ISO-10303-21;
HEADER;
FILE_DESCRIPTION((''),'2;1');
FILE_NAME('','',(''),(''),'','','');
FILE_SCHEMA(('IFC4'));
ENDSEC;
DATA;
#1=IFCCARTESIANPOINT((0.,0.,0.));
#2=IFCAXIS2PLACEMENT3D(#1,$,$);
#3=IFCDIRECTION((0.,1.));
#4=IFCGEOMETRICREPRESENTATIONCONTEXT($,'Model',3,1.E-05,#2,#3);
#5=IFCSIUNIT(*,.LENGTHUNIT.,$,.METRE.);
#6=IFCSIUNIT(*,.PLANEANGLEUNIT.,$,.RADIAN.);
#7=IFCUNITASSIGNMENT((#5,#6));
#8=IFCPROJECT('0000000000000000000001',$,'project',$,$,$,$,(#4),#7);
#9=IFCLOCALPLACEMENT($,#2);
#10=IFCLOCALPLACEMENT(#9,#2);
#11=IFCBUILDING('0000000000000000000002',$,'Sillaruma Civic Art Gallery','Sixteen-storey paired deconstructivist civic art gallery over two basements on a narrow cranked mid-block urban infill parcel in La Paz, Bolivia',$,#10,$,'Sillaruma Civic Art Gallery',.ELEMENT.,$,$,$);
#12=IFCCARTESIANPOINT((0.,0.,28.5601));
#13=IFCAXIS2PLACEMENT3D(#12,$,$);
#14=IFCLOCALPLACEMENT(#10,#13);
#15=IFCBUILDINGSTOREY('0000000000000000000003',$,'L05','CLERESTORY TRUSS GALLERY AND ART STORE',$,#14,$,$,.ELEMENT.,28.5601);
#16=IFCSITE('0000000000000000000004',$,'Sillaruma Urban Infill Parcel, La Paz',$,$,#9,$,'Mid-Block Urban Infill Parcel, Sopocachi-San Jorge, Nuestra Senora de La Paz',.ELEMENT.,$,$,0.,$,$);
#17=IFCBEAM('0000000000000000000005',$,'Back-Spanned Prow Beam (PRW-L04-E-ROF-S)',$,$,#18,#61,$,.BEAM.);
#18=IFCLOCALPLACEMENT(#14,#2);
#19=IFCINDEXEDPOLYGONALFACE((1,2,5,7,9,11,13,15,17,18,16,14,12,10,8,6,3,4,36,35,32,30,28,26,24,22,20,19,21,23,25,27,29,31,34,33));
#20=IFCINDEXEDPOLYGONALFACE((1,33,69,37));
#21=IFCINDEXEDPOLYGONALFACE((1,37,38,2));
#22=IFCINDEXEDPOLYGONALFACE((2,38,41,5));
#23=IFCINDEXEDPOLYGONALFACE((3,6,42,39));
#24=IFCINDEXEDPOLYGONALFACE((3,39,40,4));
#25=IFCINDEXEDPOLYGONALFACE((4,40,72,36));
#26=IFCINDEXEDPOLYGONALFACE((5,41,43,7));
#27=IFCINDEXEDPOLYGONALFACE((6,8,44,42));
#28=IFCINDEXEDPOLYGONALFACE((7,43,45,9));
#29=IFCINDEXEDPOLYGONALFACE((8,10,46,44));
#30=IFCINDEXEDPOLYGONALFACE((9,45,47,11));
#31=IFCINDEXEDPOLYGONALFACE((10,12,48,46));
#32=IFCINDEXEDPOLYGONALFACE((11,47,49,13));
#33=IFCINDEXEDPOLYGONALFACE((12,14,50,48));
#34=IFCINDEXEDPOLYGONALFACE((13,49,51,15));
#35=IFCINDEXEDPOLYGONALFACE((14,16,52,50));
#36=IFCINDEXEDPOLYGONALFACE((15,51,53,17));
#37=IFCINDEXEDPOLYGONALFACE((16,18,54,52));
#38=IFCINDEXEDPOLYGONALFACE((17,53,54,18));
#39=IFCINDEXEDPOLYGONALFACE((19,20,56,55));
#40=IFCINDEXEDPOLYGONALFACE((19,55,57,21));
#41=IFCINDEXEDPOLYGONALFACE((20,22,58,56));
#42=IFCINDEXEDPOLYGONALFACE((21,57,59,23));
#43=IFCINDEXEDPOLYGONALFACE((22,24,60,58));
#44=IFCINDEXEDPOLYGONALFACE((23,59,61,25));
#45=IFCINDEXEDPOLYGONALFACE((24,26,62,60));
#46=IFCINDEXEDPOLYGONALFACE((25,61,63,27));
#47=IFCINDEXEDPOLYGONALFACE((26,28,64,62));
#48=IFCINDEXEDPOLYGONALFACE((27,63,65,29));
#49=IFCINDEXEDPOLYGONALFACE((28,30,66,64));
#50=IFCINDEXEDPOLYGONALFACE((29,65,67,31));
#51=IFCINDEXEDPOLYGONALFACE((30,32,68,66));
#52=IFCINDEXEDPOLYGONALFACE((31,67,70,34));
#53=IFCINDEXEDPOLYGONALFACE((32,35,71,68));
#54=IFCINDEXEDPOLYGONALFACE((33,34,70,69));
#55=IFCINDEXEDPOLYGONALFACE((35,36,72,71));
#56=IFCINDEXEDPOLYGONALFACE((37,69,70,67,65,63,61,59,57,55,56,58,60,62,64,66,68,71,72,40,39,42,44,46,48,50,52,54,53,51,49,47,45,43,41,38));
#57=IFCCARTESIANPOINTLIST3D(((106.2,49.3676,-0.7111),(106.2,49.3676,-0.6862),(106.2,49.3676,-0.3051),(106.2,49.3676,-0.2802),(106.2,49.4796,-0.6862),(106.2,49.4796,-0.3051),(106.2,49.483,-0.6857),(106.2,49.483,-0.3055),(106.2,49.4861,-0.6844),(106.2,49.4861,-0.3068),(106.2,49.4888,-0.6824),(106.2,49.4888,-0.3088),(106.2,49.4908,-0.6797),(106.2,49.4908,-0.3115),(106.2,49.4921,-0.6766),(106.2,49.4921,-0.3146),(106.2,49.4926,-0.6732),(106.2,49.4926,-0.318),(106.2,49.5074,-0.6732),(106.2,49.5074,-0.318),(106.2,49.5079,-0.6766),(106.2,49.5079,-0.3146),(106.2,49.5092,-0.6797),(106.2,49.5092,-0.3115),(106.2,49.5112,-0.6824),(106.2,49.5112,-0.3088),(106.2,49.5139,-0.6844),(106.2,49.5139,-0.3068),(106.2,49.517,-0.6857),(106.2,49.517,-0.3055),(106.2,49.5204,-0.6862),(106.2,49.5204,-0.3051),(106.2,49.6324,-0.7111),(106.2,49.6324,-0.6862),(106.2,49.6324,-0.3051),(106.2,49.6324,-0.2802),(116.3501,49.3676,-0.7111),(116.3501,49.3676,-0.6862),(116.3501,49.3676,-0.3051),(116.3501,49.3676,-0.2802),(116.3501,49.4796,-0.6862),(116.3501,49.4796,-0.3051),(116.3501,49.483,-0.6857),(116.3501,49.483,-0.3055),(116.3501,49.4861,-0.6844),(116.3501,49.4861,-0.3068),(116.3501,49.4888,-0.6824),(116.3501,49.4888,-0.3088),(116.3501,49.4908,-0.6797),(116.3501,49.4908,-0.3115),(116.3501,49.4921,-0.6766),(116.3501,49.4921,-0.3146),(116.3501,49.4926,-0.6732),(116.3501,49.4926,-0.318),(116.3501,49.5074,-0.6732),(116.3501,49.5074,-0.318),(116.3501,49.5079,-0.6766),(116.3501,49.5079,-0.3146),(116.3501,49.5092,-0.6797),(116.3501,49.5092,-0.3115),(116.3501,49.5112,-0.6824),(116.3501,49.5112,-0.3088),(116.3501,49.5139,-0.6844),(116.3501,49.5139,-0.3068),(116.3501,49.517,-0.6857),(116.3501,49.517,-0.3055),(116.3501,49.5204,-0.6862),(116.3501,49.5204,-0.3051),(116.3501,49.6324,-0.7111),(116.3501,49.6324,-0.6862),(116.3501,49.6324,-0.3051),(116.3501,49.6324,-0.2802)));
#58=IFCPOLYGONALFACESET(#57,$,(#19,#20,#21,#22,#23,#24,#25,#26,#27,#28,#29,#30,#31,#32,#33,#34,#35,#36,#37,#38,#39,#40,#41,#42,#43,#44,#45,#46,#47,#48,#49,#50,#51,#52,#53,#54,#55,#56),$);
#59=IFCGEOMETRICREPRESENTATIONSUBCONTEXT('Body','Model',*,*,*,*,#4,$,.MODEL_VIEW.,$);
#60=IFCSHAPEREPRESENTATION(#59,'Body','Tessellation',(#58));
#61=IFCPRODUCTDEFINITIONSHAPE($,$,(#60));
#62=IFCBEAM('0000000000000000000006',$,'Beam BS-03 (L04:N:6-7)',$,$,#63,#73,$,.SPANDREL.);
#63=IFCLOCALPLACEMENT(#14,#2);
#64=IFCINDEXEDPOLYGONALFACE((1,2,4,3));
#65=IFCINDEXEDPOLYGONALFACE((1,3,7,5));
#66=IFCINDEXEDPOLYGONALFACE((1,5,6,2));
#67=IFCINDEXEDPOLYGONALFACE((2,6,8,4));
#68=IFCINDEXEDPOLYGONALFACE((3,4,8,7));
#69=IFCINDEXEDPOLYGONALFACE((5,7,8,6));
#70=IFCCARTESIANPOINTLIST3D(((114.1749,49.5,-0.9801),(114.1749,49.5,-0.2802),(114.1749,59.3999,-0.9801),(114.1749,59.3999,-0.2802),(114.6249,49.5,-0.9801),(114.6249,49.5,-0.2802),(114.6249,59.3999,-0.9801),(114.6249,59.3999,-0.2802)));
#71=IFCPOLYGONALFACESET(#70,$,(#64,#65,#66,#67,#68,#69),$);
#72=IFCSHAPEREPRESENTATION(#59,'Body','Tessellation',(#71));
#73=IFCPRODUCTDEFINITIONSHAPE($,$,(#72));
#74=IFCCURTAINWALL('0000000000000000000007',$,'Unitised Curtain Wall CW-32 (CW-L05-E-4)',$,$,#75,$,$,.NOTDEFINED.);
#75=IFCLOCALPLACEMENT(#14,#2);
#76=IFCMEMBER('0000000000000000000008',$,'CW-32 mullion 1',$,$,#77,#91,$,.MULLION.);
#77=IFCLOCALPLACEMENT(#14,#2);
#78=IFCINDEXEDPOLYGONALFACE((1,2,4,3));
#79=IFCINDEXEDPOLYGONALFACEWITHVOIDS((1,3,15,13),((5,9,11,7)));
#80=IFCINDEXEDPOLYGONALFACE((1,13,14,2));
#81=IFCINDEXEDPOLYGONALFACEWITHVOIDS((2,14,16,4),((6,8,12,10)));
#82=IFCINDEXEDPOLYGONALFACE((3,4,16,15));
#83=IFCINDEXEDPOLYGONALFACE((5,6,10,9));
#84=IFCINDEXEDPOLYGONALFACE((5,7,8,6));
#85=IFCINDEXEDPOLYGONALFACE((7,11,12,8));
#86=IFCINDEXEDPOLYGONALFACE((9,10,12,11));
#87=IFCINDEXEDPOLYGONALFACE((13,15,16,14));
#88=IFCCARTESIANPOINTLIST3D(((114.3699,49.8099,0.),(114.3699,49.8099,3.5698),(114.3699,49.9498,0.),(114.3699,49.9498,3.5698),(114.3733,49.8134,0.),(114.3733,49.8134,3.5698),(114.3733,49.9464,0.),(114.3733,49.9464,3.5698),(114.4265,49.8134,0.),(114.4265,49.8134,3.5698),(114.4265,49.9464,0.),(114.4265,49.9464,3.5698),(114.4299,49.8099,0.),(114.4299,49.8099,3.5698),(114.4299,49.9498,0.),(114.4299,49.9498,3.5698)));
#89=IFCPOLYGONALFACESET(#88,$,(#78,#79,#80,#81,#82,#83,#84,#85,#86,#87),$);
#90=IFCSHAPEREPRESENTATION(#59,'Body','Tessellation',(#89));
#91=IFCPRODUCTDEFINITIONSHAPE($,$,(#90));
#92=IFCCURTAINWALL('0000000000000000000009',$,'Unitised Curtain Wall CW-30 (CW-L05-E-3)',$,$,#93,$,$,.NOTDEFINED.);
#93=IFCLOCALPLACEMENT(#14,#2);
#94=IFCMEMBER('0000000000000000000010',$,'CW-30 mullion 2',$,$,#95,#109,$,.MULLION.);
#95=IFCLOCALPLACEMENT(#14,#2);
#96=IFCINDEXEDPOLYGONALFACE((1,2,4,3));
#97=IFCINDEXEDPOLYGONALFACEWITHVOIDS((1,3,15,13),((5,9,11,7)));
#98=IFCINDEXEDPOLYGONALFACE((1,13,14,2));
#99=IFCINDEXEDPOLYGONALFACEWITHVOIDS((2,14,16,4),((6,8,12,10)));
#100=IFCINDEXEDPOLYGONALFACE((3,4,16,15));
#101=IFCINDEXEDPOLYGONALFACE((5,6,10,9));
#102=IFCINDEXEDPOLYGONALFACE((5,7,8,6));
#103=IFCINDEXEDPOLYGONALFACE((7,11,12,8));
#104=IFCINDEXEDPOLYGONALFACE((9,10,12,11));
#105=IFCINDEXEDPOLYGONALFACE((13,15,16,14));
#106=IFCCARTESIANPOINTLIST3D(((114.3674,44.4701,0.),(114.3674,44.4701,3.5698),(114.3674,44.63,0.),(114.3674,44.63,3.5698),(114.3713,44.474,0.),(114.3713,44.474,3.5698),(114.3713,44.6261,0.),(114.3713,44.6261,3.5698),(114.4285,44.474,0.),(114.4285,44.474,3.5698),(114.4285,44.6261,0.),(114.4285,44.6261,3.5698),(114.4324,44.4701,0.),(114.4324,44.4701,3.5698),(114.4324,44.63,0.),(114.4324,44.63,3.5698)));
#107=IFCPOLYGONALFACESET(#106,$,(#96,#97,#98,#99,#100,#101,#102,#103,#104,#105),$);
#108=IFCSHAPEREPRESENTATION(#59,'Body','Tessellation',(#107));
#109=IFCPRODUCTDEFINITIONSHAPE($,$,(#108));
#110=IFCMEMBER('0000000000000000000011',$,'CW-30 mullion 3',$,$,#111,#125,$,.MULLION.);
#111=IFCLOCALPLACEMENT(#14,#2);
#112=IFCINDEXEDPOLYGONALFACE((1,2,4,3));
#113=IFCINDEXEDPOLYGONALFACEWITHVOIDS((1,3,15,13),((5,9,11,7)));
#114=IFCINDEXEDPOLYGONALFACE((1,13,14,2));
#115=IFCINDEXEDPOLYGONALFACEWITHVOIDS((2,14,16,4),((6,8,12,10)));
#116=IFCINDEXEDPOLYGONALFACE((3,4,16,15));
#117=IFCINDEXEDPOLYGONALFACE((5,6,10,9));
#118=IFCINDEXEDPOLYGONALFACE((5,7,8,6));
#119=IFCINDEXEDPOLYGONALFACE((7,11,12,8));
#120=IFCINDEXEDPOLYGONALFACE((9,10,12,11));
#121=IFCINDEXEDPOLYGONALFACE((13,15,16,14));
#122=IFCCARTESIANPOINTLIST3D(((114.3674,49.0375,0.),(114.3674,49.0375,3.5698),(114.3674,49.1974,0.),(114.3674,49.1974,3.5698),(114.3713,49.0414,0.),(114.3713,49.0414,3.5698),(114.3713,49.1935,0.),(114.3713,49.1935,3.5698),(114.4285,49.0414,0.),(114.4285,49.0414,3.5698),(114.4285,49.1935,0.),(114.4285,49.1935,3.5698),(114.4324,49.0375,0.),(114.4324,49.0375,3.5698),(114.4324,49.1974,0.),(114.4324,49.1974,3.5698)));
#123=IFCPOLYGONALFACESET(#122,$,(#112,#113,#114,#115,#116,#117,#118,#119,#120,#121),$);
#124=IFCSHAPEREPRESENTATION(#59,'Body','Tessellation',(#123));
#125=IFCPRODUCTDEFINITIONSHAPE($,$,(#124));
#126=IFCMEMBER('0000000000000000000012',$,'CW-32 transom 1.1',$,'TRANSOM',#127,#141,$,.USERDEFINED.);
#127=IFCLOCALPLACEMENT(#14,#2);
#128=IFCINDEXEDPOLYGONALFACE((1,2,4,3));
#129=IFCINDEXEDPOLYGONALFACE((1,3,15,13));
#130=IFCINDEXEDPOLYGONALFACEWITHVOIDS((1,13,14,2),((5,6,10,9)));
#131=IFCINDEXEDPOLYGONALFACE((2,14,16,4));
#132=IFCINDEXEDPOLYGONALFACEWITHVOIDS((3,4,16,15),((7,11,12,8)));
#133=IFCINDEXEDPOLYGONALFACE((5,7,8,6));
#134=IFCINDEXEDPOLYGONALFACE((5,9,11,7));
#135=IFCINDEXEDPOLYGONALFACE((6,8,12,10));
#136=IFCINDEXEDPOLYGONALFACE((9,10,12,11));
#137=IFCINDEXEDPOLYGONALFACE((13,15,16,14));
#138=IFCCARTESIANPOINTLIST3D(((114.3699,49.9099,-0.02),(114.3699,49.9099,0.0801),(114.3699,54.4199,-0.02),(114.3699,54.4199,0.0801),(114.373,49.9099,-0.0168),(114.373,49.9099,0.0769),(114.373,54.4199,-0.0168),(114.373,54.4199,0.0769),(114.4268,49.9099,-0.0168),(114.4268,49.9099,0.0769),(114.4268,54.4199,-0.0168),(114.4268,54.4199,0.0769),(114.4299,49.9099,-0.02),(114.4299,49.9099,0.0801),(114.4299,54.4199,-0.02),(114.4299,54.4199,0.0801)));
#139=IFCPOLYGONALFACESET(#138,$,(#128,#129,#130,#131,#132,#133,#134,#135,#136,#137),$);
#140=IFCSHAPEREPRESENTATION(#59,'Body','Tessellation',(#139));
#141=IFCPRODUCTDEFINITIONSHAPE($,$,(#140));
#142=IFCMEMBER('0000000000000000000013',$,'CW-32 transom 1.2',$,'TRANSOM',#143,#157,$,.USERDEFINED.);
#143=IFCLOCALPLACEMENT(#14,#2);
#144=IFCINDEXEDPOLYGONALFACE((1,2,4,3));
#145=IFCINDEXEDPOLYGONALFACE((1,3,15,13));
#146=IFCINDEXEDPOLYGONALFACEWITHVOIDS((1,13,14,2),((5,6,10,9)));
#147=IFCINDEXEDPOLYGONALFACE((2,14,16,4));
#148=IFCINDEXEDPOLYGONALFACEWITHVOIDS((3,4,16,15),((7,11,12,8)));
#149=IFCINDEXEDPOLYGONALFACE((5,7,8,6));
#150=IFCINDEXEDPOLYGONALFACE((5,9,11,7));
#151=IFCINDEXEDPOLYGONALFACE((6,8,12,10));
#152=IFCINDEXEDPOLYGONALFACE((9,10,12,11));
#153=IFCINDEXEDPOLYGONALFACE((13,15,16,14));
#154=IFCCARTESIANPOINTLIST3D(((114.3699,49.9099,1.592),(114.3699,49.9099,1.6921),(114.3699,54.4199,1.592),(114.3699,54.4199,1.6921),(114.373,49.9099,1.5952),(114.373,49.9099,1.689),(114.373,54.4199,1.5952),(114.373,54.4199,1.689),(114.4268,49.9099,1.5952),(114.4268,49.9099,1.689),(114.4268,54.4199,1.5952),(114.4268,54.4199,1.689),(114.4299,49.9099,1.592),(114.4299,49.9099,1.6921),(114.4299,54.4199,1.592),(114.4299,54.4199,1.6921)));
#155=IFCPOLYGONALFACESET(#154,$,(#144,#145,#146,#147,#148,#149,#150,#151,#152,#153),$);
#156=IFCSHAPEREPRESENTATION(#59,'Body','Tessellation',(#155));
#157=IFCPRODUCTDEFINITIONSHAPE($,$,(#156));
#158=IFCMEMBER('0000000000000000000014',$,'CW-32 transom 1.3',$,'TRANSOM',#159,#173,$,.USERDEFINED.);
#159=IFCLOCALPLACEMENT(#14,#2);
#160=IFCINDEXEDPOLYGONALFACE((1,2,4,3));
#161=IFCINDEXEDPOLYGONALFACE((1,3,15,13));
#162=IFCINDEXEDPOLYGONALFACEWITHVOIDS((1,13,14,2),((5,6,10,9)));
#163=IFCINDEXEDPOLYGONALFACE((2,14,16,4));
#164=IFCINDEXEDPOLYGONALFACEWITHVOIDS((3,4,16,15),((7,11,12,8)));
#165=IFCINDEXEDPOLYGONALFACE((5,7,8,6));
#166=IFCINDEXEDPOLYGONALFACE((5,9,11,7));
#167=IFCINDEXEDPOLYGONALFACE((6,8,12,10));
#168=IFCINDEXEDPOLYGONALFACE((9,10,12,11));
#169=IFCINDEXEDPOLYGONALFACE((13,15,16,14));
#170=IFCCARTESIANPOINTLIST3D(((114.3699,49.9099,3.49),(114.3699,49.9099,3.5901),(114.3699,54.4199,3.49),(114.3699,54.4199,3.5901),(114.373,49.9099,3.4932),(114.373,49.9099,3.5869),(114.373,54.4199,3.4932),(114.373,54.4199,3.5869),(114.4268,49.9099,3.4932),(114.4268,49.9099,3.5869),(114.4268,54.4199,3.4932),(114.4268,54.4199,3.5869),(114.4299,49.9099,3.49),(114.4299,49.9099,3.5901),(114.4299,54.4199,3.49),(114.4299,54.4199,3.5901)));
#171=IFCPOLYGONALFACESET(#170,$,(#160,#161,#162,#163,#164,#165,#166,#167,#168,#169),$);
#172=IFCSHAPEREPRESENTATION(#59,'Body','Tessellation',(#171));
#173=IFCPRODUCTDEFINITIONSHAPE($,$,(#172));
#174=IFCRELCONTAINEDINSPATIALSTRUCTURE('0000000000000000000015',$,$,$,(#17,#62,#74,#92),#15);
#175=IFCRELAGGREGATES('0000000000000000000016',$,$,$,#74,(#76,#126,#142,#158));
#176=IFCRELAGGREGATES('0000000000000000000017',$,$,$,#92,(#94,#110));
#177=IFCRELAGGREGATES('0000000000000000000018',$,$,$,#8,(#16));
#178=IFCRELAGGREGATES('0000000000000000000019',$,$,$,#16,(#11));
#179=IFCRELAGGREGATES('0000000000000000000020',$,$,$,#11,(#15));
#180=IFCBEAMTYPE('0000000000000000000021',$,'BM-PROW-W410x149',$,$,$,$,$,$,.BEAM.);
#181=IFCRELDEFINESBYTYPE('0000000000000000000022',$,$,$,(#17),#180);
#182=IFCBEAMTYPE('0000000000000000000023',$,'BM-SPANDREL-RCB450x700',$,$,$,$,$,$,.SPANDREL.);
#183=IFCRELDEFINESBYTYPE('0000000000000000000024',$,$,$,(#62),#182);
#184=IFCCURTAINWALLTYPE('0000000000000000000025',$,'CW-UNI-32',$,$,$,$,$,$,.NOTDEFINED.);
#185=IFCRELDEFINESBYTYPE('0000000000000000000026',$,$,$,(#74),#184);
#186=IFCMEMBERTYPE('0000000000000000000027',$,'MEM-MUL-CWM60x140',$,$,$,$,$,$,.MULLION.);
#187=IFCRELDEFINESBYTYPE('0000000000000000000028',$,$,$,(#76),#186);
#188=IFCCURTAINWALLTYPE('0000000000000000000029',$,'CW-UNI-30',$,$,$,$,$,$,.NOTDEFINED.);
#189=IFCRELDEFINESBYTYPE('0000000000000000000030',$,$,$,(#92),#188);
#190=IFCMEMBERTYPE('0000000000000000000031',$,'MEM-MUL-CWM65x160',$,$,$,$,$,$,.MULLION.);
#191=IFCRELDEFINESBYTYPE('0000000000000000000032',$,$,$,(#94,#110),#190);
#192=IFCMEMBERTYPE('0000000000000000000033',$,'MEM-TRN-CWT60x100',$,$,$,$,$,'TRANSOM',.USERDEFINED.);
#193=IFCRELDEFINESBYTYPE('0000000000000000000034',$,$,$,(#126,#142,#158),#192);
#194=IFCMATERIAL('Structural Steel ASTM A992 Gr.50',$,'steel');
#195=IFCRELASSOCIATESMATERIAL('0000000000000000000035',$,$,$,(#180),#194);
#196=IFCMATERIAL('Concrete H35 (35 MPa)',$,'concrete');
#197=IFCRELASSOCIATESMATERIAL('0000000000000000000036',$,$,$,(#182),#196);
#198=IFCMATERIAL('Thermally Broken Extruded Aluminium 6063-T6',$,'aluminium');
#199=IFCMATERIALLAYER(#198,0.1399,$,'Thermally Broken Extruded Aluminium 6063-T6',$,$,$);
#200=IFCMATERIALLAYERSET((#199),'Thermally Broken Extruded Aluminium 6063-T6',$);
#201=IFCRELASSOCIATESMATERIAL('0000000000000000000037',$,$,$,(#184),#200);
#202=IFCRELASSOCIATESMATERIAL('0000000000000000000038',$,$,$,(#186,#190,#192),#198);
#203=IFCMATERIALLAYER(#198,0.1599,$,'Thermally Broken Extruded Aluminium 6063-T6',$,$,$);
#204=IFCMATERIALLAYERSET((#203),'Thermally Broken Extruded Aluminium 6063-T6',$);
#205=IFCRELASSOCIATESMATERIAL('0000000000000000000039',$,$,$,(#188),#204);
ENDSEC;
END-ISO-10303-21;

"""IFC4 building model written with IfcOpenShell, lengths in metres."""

from ifc_helpers import new_model, si_unit, direction, frame, origin, origin_2d, place, context, subcontext, project, spatial, rectangle, hollow_rectangle, i_section, extrude, material, layer, layer_set, material_profile, profile_set, type_object, element, aggregate, save


model = new_model("IFC4")

# Units and contexts
model_context = context("Model", 3, precision=1e-05, world=origin(), true_north=direction((0.0, 1.0)))
body_context = subcontext(model_context, "Body", "Model", "MODEL_VIEW")
ifc_project = project(units=[si_unit("LENGTHUNIT", "METRE"), si_unit("PLANEANGLEUNIT", "RADIAN")], contexts=[model_context])

# Site, building, storey
site_placement = place(None, origin())
site = spatial("IfcSite", under=ifc_project, at=site_placement, Name="Sillaruma Urban Infill Parcel, La Paz", LongName="Mid-Block Urban Infill Parcel, Sopocachi-San Jorge, Nuestra Senora de La Paz", CompositionType="ELEMENT", RefElevation=0.0)
building_placement = place(site_placement, origin())
building = spatial("IfcBuilding", under=site, at=building_placement, Name="Sillaruma Civic Art Gallery", Description="Sixteen-storey paired deconstructivist civic art gallery over two basements on a narrow cranked mid-block urban infill parcel in La Paz, Bolivia", LongName="Sillaruma Civic Art Gallery", CompositionType="ELEMENT")
storey_placement = place(building_placement, frame((0.0, 0.0, 28.5601)))
storey = spatial("IfcBuildingStorey", under=building, at=storey_placement, Name="L05", Description="CLERESTORY TRUSS GALLERY AND ART STORE", CompositionType="ELEMENT", Elevation=28.5601)

# Beams
ifc_material_1 = material(Name="Structural Steel ASTM A992 Gr.50", Category="steel")
ifc_material_profile_1 = material_profile(ifc_material_1, i_section(OverallWidth=0.2649, OverallDepth=0.4309, WebThickness=0.0149, FlangeThickness=0.0249, FilletRadius=0.0129, at=origin_2d()), Name="W410x149")
ifc_profile_set_1 = profile_set([ifc_material_profile_1], Name="Structural Steel ASTM A992 Gr.50")
beam_type_1 = type_object("IfcBeamType", Name="BM-PROW-W410x149", PredefinedType="BEAM", material=ifc_profile_set_1)
beam_1_placement = place(storey_placement, frame((106.2, 49.5, -0.4956), z_axis=(1.0, 0.0, 0.0), x_axis=(0.0, 1.0, 0.0)))
element("IfcBeam", 1, at=beam_1_placement, inside=storey, type_object=beam_type_1, Name="Back-Spanned Prow Beam (PRW-L04-E-ROF-S)", PredefinedType="BEAM", context=body_context, shape_type="SweptSolid", body=[
    extrude(i_section(OverallWidth=0.2649, OverallDepth=0.4309, WebThickness=0.0149, FlangeThickness=0.0249, FilletRadius=0.0129, at=origin_2d()), origin(), (0.0, 0.0, 1.0), 10.1501),
])
ifc_material_2 = material(Name="Concrete H35 (35 MPa)", Category="concrete")
ifc_material_profile_2 = material_profile(ifc_material_2, rectangle(XDim=0.45, YDim=0.7, at=origin_2d()), Name="RCB450x700")
ifc_profile_set_2 = profile_set([ifc_material_profile_2], Name="Concrete H35 (35 MPa)")
beam_type_2 = type_object("IfcBeamType", Name="BM-SPANDREL-RCB450x700", PredefinedType="SPANDREL", material=ifc_profile_set_2)
beam_2_placement = place(storey_placement, frame((114.3999, 49.5, -0.6301), z_axis=(0.0, 1.0, 0.0), x_axis=(-1.0, 0.0, 0.0)))
element("IfcBeam", 2, at=beam_2_placement, inside=storey, type_object=beam_type_2, Name="Beam BS-03 (L04:N:6-7)", PredefinedType="SPANDREL", context=body_context, shape_type="SweptSolid", body=[
    extrude(rectangle(XDim=0.45, YDim=0.7, at=origin_2d()), origin(), (0.0, 0.0, 1.0), 9.8999),
])

# Curtain wall, member
ifc_material_3 = material(Name="Thermally Broken Extruded Aluminium 6063-T6", Category="aluminium")
ifc_layer_1 = layer(ifc_material_3, 0.1399, Name="Thermally Broken Extruded Aluminium 6063-T6")
ifc_layer_set_1 = layer_set([ifc_layer_1], Name="Thermally Broken Extruded Aluminium 6063-T6")
curtain_wall_type_1 = type_object("IfcCurtainWallType", Name="CW-UNI-32", PredefinedType="NOTDEFINED", material=ifc_layer_set_1)
curtain_wall_1_placement = place(storey_placement, origin())
curtain_wall_1 = element("IfcCurtainWall", 3, at=curtain_wall_1_placement, inside=storey, type_object=curtain_wall_type_1, Name="Unitised Curtain Wall CW-32 (CW-L05-E-4)", PredefinedType="NOTDEFINED")
ifc_material_profile_3 = material_profile(ifc_material_3, hollow_rectangle(XDim=0.0601, YDim=0.1399, WallThickness=0.0034, at=origin_2d()), Name="CWM60x140")
ifc_profile_set_3 = profile_set([ifc_material_profile_3], Name="Thermally Broken Extruded Aluminium 6063-T6")
member_type_1 = type_object("IfcMemberType", Name="MEM-MUL-CWM60x140", PredefinedType="MULLION", material=ifc_profile_set_3)
member_1_placement = place(storey_placement, frame((114.3999, 49.8799, 0.0), z_axis=(0.0, 0.0, 1.0), x_axis=(-1.0, 0.0, 0.0)))
member_1 = element("IfcMember", 4, at=member_1_placement, type_object=member_type_1, Name="CW-32 mullion 1", PredefinedType="MULLION", context=body_context, shape_type="SweptSolid", body=[
    extrude(hollow_rectangle(XDim=0.0601, YDim=0.1399, WallThickness=0.0034, at=origin_2d()), origin(), (0.0, 0.0, 1.0), 3.5698),
])

# Curtain wall, members
ifc_layer_2 = layer(ifc_material_3, 0.1599, Name="Thermally Broken Extruded Aluminium 6063-T6")
ifc_layer_set_2 = layer_set([ifc_layer_2], Name="Thermally Broken Extruded Aluminium 6063-T6")
curtain_wall_type_2 = type_object("IfcCurtainWallType", Name="CW-UNI-30", PredefinedType="NOTDEFINED", material=ifc_layer_set_2)
curtain_wall_2_placement = place(storey_placement, origin())
curtain_wall_2 = element("IfcCurtainWall", 5, at=curtain_wall_2_placement, inside=storey, type_object=curtain_wall_type_2, Name="Unitised Curtain Wall CW-30 (CW-L05-E-3)", PredefinedType="NOTDEFINED")
ifc_material_profile_4 = material_profile(ifc_material_3, hollow_rectangle(XDim=0.0649, YDim=0.1599, WallThickness=0.0039, at=origin_2d()), Name="CWM65x160")
ifc_profile_set_4 = profile_set([ifc_material_profile_4], Name="Thermally Broken Extruded Aluminium 6063-T6")
member_type_2 = type_object("IfcMemberType", Name="MEM-MUL-CWM65x160", PredefinedType="MULLION", material=ifc_profile_set_4)
member_2_placement = place(storey_placement, frame((114.3999, 44.55, 0.0), z_axis=(0.0, 0.0, 1.0), x_axis=(-1.0, 0.0, 0.0)))
member_2 = element("IfcMember", 6, at=member_2_placement, type_object=member_type_2, Name="CW-30 mullion 2", PredefinedType="MULLION", context=body_context, shape_type="SweptSolid", body=[
    extrude(hollow_rectangle(XDim=0.0649, YDim=0.1599, WallThickness=0.0039, at=origin_2d()), origin(), (0.0, 0.0, 1.0), 3.5698),
])
member_3_placement = place(storey_placement, frame((114.3999, 49.1174, 0.0), z_axis=(0.0, 0.0, 1.0), x_axis=(-1.0, 0.0, 0.0)))
member_3 = element("IfcMember", 7, at=member_3_placement, type_object=member_type_2, Name="CW-30 mullion 3", PredefinedType="MULLION", context=body_context, shape_type="SweptSolid", body=[
    extrude(hollow_rectangle(XDim=0.0649, YDim=0.1599, WallThickness=0.0039, at=origin_2d()), origin(), (0.0, 0.0, 1.0), 3.5698),
])

# Members
ifc_material_profile_5 = material_profile(ifc_material_3, hollow_rectangle(XDim=0.0601, YDim=0.1001, WallThickness=0.0032, at=origin_2d()), Name="CWT60x100")
ifc_profile_set_5 = profile_set([ifc_material_profile_5], Name="Thermally Broken Extruded Aluminium 6063-T6")
member_type_3 = type_object("IfcMemberType", Name="MEM-TRN-CWT60x100", ElementType="TRANSOM", PredefinedType="USERDEFINED", material=ifc_profile_set_5)
member_4_placement = place(storey_placement, frame((114.3999, 49.9099, 0.03), z_axis=(0.0, 1.0, 0.0), x_axis=(-1.0, 0.0, 0.0)))
member_4 = element("IfcMember", 8, at=member_4_placement, type_object=member_type_3, Name="CW-32 transom 1.1", ObjectType="TRANSOM", PredefinedType="USERDEFINED", context=body_context, shape_type="SweptSolid", body=[
    extrude(hollow_rectangle(XDim=0.0601, YDim=0.1001, WallThickness=0.0032, at=origin_2d()), origin(), (0.0, 0.0, 1.0), 4.51),
])
member_5_placement = place(storey_placement, frame((114.3999, 49.9099, 1.6421), z_axis=(0.0, 1.0, 0.0), x_axis=(-1.0, 0.0, 0.0)))
member_5 = element("IfcMember", 9, at=member_5_placement, type_object=member_type_3, Name="CW-32 transom 1.2", ObjectType="TRANSOM", PredefinedType="USERDEFINED", context=body_context, shape_type="SweptSolid", body=[
    extrude(hollow_rectangle(XDim=0.0601, YDim=0.1001, WallThickness=0.0032, at=origin_2d()), origin(), (0.0, 0.0, 1.0), 4.51),
])
member_6_placement = place(storey_placement, frame((114.3999, 49.9099, 3.54), z_axis=(0.0, 1.0, 0.0), x_axis=(-1.0, 0.0, 0.0)))
member_6 = element("IfcMember", 10, at=member_6_placement, type_object=member_type_3, Name="CW-32 transom 1.3", ObjectType="TRANSOM", PredefinedType="USERDEFINED", context=body_context, shape_type="SweptSolid", body=[
    extrude(hollow_rectangle(XDim=0.0601, YDim=0.1001, WallThickness=0.0032, at=origin_2d()), origin(), (0.0, 0.0, 1.0), 4.51),
])

aggregate(curtain_wall_1, [member_1, member_4, member_5, member_6])
aggregate(curtain_wall_2, [member_2, member_3])

save(model, "model.ifc")
